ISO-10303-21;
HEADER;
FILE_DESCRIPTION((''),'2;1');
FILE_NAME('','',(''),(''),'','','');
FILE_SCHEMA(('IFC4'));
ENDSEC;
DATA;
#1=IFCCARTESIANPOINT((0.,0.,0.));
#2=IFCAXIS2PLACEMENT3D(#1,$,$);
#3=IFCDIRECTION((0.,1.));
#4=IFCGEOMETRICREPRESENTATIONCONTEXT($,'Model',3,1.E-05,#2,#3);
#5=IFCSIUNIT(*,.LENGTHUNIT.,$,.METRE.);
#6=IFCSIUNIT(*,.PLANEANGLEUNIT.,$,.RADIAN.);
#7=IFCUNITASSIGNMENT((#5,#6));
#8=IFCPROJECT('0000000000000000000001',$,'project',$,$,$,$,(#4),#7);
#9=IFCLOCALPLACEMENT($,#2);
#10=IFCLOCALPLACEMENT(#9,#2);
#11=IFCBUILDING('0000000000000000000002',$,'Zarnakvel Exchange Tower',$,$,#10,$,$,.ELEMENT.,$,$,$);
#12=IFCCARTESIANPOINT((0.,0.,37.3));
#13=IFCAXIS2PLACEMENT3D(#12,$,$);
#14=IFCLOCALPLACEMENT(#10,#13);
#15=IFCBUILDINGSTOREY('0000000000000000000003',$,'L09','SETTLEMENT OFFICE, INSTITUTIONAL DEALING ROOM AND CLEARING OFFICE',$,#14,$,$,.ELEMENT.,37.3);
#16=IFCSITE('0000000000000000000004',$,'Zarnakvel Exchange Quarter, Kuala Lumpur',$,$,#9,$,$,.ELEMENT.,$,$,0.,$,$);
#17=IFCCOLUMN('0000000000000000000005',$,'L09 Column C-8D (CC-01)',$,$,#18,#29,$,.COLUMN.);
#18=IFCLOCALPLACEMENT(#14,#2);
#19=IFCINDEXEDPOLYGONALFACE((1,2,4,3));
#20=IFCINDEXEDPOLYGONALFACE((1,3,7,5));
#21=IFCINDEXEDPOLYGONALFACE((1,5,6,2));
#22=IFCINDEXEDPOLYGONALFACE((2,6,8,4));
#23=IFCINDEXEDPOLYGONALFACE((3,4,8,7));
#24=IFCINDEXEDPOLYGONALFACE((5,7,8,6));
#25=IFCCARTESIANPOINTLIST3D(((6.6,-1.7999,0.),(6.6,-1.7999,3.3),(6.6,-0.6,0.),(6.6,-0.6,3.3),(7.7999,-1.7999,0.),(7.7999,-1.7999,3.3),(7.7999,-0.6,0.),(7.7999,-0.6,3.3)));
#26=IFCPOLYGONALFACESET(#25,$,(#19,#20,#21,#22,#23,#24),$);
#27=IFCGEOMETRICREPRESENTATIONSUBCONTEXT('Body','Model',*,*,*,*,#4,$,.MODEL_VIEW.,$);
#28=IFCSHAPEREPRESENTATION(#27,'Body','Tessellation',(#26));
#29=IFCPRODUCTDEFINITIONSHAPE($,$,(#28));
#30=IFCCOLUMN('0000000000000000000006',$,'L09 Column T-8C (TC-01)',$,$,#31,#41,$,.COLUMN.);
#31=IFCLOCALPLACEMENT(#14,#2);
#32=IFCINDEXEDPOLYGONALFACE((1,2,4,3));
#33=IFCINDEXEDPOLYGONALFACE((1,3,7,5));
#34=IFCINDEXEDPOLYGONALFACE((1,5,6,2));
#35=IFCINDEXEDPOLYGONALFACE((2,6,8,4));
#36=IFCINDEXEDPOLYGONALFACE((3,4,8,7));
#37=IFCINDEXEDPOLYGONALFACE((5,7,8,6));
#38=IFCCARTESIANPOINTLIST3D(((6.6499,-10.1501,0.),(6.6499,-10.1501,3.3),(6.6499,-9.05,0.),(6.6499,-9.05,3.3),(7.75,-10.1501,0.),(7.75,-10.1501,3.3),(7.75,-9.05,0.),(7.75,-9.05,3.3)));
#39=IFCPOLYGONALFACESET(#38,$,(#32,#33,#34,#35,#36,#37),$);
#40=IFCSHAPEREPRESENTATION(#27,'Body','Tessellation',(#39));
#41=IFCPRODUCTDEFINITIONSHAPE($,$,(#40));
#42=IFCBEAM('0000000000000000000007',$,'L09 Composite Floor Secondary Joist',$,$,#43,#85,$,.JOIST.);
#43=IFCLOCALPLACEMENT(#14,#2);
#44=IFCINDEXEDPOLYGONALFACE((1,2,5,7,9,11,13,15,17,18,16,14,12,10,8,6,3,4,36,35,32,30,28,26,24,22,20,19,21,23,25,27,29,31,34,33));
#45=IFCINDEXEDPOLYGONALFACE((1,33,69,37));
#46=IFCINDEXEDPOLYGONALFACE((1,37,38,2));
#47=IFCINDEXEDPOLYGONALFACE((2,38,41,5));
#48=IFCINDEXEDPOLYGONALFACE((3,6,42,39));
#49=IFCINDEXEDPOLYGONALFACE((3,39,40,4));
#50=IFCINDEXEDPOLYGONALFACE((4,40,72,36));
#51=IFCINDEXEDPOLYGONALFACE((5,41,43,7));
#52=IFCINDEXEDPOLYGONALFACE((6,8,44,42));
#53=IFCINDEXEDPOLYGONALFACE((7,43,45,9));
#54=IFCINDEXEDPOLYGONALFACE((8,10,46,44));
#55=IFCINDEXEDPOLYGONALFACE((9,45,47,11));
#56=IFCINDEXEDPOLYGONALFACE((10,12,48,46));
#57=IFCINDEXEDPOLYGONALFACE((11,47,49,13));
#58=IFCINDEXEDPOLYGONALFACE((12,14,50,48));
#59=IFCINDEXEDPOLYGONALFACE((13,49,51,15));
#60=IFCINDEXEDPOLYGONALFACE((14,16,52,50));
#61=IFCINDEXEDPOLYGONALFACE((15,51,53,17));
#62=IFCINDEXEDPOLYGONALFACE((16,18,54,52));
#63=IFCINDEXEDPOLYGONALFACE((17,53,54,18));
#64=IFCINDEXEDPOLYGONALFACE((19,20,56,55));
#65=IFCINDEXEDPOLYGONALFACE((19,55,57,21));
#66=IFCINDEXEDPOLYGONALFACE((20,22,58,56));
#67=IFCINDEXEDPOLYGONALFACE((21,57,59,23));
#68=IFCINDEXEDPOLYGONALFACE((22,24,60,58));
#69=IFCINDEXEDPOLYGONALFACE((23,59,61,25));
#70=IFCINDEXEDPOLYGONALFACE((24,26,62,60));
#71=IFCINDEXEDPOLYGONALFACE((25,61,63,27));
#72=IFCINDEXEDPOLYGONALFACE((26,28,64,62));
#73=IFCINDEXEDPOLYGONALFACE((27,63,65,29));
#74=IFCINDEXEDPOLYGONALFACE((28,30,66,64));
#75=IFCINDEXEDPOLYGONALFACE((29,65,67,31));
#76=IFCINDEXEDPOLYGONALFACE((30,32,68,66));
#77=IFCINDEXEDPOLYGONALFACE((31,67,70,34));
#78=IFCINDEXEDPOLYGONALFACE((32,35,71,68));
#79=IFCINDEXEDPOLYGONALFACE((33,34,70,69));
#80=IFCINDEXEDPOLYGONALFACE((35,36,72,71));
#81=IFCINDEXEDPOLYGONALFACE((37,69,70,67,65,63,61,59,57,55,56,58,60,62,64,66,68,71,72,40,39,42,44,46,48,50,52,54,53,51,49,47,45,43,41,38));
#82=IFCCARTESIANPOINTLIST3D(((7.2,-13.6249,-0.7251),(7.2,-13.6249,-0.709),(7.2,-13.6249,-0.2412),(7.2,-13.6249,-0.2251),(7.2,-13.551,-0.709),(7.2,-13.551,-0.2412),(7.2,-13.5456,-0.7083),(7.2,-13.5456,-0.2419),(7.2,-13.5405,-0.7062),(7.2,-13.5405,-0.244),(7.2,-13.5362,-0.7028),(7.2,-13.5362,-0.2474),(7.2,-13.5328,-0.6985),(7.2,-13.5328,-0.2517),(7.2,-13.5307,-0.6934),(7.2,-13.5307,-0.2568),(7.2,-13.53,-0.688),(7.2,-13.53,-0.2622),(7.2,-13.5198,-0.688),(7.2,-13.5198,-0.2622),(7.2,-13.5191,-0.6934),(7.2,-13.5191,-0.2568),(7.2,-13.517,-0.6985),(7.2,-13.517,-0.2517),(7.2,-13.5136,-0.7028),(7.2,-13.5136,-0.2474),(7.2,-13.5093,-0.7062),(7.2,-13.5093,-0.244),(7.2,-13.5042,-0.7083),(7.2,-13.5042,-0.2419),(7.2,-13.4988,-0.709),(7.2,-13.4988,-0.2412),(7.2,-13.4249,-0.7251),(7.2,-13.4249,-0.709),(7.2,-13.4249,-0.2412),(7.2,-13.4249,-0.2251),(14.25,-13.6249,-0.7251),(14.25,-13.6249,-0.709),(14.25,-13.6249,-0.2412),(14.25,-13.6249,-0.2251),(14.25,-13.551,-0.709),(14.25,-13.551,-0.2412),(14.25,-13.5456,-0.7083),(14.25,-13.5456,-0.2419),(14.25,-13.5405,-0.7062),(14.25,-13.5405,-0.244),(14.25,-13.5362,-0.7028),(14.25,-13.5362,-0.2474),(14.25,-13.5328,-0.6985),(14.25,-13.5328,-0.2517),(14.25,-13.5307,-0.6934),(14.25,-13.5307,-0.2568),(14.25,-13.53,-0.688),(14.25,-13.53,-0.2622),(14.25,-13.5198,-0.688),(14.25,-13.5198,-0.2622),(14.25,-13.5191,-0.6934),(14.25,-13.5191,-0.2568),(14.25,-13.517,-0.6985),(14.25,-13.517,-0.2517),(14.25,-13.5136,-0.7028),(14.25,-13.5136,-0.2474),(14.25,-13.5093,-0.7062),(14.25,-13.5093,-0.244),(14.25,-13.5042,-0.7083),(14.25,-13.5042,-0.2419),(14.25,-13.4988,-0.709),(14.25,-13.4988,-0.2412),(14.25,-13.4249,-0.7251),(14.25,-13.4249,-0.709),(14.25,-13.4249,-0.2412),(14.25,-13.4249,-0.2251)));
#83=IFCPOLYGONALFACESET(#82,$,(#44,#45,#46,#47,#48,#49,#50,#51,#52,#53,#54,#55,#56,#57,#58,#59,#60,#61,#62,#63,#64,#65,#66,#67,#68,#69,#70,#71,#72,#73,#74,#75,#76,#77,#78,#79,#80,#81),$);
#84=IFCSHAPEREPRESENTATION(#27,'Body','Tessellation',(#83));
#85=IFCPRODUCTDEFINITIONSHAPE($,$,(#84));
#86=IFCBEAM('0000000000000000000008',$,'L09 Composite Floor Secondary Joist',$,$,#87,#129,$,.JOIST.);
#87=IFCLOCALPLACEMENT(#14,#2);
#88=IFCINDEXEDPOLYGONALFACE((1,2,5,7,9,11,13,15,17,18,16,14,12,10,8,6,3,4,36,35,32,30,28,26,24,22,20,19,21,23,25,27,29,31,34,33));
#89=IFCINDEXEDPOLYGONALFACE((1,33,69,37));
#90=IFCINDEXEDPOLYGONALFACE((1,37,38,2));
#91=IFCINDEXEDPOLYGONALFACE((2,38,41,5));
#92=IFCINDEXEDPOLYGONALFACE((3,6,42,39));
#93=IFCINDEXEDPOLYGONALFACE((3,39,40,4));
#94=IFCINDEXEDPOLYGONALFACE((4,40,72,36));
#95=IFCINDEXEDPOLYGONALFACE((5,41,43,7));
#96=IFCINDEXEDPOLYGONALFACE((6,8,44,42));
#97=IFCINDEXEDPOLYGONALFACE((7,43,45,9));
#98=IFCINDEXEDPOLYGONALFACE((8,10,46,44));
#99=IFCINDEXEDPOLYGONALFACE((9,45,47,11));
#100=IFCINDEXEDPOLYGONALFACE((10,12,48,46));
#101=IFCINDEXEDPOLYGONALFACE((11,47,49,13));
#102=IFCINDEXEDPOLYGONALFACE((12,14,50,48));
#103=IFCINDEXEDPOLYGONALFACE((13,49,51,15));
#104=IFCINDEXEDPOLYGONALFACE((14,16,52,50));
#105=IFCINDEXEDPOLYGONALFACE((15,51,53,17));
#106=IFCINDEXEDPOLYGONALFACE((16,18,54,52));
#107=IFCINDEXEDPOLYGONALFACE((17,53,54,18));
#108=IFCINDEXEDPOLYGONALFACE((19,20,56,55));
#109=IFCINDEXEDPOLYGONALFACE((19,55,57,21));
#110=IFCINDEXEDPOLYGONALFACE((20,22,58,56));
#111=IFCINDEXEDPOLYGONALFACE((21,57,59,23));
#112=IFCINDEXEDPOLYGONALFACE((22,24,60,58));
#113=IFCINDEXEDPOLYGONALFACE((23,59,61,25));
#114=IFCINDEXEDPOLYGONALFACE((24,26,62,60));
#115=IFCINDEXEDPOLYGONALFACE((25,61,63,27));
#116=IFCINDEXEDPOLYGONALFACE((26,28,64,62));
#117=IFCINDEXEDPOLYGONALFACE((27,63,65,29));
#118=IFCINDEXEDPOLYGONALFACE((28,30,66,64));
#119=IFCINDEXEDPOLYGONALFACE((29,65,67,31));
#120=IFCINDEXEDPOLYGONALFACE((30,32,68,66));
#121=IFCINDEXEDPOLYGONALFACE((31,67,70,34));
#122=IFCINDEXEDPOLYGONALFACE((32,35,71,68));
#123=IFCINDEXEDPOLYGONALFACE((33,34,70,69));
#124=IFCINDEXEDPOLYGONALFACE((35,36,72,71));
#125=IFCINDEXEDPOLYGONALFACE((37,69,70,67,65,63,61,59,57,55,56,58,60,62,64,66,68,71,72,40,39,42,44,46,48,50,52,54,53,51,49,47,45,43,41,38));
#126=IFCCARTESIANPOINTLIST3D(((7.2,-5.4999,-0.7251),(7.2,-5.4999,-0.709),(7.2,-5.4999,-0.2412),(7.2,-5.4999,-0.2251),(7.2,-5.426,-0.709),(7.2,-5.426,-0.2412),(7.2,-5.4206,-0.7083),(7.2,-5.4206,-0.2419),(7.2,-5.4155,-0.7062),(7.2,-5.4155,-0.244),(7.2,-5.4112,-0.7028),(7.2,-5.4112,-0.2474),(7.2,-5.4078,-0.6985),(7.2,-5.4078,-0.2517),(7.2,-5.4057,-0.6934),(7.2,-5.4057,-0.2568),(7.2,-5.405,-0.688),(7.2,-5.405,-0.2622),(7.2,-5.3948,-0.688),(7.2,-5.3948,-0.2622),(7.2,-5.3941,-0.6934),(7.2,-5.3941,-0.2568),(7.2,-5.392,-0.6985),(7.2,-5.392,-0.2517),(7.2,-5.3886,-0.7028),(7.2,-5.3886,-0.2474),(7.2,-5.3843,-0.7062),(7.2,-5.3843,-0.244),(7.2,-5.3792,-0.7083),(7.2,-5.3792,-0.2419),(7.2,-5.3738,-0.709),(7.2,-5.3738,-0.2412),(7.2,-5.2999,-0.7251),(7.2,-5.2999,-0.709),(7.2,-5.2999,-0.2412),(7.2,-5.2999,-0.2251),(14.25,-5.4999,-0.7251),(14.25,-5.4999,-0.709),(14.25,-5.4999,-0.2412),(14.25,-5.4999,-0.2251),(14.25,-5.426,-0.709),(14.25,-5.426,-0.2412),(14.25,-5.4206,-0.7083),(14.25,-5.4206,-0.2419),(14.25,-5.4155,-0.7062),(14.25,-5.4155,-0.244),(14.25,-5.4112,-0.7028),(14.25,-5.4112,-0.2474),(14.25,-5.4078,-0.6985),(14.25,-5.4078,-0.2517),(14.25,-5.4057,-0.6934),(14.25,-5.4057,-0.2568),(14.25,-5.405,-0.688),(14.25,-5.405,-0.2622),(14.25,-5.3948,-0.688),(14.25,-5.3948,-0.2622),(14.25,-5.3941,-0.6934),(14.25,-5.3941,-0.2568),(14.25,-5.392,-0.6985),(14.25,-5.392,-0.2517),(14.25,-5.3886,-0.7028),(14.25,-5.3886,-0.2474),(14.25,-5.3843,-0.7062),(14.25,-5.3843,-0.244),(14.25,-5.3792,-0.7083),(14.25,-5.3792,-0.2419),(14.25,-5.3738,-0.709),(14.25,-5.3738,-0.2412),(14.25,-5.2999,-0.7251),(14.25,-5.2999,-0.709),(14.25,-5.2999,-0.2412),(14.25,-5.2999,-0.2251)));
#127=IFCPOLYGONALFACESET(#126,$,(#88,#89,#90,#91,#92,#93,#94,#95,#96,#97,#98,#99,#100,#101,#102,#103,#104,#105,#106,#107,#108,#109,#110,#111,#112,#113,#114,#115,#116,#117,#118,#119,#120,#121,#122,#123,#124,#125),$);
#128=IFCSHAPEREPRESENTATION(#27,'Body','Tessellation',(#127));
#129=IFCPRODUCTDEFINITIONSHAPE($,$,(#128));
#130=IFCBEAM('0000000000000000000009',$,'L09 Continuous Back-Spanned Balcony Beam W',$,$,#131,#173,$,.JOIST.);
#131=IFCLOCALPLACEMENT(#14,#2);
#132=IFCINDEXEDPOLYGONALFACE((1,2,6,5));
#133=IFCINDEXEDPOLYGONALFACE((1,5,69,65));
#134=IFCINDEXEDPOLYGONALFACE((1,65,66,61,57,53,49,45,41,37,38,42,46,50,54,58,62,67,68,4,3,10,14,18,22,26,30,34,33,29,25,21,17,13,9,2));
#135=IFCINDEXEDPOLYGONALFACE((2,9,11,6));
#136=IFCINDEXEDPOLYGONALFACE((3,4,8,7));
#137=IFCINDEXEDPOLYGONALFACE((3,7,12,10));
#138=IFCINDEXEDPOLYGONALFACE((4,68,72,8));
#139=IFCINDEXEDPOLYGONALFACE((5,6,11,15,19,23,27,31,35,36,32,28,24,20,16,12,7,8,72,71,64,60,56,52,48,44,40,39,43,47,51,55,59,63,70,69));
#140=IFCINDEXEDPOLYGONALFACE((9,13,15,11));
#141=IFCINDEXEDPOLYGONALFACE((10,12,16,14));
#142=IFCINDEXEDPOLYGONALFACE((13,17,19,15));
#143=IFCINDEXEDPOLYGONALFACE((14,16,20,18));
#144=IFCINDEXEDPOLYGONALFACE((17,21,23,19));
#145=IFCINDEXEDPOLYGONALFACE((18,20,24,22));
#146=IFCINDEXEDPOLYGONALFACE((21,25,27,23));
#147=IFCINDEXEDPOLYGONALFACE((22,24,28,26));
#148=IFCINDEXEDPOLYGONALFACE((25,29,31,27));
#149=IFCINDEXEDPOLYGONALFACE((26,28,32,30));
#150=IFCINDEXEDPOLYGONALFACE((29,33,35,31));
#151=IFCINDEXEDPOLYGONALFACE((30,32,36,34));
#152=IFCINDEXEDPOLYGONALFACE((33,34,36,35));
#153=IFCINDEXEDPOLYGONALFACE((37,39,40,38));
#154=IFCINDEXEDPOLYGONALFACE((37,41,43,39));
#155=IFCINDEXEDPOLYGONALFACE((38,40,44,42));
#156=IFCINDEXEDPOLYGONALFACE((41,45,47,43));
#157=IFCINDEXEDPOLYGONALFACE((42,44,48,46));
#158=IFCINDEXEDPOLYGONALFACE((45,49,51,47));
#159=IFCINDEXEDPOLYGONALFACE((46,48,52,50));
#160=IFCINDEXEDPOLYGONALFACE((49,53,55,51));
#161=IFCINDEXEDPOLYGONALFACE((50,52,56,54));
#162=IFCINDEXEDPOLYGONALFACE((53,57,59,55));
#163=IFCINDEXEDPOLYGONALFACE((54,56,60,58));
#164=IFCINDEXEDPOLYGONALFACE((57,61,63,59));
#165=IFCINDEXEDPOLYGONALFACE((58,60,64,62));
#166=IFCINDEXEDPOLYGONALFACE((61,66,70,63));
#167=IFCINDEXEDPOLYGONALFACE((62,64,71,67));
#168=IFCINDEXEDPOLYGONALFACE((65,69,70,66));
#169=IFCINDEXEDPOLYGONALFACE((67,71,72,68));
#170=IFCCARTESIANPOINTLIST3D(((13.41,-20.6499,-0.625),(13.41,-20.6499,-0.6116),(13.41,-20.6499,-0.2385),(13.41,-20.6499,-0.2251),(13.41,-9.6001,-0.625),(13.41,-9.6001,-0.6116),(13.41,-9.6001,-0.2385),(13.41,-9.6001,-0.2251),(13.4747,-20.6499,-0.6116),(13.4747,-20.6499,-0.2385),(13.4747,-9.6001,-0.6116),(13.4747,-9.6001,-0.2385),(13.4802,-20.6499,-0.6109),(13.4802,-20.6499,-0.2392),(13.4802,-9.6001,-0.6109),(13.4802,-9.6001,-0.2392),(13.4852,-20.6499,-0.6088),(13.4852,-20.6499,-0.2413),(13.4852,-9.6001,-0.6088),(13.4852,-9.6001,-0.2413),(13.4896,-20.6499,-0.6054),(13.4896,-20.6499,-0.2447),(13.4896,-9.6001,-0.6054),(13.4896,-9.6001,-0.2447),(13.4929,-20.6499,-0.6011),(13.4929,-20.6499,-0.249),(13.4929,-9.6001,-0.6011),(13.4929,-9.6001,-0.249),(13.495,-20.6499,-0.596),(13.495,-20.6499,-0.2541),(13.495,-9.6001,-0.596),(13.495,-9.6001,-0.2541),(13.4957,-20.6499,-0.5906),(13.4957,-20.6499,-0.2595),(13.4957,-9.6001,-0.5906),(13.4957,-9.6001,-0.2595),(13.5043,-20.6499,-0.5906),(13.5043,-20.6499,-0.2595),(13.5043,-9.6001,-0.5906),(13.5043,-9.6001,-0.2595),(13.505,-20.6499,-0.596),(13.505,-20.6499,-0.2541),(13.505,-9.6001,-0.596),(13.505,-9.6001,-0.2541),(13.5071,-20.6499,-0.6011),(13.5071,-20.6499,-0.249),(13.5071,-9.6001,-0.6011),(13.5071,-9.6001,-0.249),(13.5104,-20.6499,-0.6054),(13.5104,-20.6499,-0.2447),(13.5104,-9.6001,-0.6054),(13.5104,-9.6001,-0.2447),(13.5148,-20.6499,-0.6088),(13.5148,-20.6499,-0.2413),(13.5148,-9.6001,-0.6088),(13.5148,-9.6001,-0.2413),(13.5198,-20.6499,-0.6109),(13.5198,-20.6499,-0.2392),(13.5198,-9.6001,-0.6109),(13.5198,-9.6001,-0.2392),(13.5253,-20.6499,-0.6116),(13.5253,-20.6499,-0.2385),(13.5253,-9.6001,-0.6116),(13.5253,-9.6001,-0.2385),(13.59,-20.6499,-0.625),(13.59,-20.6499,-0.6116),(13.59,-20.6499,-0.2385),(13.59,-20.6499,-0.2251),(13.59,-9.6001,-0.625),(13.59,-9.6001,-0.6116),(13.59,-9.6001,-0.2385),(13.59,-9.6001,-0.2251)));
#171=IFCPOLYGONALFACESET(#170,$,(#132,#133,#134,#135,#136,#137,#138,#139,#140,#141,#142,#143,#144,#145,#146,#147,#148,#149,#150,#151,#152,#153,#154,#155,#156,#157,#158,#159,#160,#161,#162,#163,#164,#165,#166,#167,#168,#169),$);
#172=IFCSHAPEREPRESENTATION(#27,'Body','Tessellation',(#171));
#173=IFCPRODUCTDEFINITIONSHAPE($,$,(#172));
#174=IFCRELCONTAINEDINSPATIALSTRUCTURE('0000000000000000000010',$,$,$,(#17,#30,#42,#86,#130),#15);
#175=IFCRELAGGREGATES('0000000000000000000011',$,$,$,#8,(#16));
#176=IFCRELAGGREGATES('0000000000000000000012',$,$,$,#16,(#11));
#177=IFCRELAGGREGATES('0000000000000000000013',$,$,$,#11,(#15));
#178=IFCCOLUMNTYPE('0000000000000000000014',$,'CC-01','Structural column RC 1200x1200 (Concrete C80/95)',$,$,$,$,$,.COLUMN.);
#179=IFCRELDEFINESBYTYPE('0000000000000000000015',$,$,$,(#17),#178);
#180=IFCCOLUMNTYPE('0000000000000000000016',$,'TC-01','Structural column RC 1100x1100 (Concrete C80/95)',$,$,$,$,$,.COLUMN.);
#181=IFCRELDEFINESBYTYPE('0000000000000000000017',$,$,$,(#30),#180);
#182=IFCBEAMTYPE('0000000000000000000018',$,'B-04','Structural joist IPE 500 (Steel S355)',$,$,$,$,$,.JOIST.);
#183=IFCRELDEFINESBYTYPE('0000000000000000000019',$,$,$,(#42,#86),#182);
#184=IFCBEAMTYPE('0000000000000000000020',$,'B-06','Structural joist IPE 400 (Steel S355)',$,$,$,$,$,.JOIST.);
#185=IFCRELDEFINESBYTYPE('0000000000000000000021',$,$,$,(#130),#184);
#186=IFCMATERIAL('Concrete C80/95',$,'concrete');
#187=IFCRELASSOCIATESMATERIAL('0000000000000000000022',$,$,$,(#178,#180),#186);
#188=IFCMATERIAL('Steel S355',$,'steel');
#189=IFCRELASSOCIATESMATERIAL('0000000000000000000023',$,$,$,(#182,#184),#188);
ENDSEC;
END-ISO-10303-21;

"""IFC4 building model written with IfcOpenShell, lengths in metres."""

from ifc_helpers import new_model, si_unit, direction, frame, origin, origin_2d, place, context, subcontext, project, spatial, rectangle, i_section, extrude, material, material_profile, profile_set, type_object, element, save


model = new_model("IFC4")

# Units and contexts
model_context = context("Model", 3, precision=1e-05, world=origin(), true_north=direction((0.0, 1.0)))
body_context = subcontext(model_context, "Body", "Model", "MODEL_VIEW")
ifc_project = project(units=[si_unit("LENGTHUNIT", "METRE"), si_unit("PLANEANGLEUNIT", "RADIAN")], contexts=[model_context])

# Site, building, storey
site_placement = place(None, origin())
site = spatial("IfcSite", under=ifc_project, at=site_placement, Name="Zarnakvel Exchange Quarter, Kuala Lumpur", CompositionType="ELEMENT", RefElevation=0.0)
building_placement = place(site_placement, origin())
building = spatial("IfcBuilding", under=site, at=building_placement, Name="Zarnakvel Exchange Tower", CompositionType="ELEMENT")
storey_placement = place(building_placement, frame((0.0, 0.0, 37.3)))
storey = spatial("IfcBuildingStorey", under=building, at=storey_placement, Name="L09", Description="SETTLEMENT OFFICE, INSTITUTIONAL DEALING ROOM AND CLEARING OFFICE", CompositionType="ELEMENT", Elevation=37.3)

# Columns
ifc_material_1 = material(Name="Concrete C80/95", Category="concrete")
ifc_material_profile_1 = material_profile(ifc_material_1, rectangle(XDim=1.2, YDim=1.2, at=origin_2d()))
ifc_profile_set_1 = profile_set([ifc_material_profile_1], Name="Concrete C80/95")
column_type_1 = type_object("IfcColumnType", Name="CC-01", Description="Structural column RC 1200x1200 (Concrete C80/95)", PredefinedType="COLUMN", material=ifc_profile_set_1)
column_1_placement = place(storey_placement, frame((7.2, -1.2, 0.0), z_axis=(0.0, 0.0, 1.0), x_axis=(1.0, 0.0, 0.0)))
element("IfcColumn", 1, at=column_1_placement, inside=storey, type_object=column_type_1, Name="L09 Column C-8D (CC-01)", PredefinedType="COLUMN", context=body_context, shape_type="SweptSolid", body=[
    extrude(rectangle(XDim=1.2, YDim=1.2, at=origin_2d()), origin(), (0.0, 0.0, 1.0), 3.3),
])
ifc_material_profile_2 = material_profile(ifc_material_1, rectangle(XDim=1.1001, YDim=1.1001, at=origin_2d()))
ifc_profile_set_2 = profile_set([ifc_material_profile_2], Name="Concrete C80/95")
column_type_2 = type_object("IfcColumnType", Name="TC-01", Description="Structural column RC 1100x1100 (Concrete C80/95)", PredefinedType="COLUMN", material=ifc_profile_set_2)
column_2_placement = place(storey_placement, frame((7.2, -9.6001, 0.0), z_axis=(0.0, 0.0, 1.0), x_axis=(1.0, 0.0, 0.0)))
element("IfcColumn", 2, at=column_2_placement, inside=storey, type_object=column_type_2, Name="L09 Column T-8C (TC-01)", PredefinedType="COLUMN", context=body_context, shape_type="SweptSolid", body=[
    extrude(rectangle(XDim=1.1001, YDim=1.1001, at=origin_2d()), origin(), (0.0, 0.0, 1.0), 3.3),
])

# Beams
ifc_material_2 = material(Name="Steel S355", Category="steel")
ifc_material_profile_3 = material_profile(ifc_material_2, i_section(OverallWidth=0.2, OverallDepth=0.5, WebThickness=0.0103, FlangeThickness=0.0161, FilletRadius=0.021, at=origin_2d()))
ifc_profile_set_3 = profile_set([ifc_material_profile_3], Name="Steel S355")
beam_type_1 = type_object("IfcBeamType", Name="B-04", Description="Structural joist IPE 500 (Steel S355)", PredefinedType="JOIST", material=ifc_profile_set_3)
for number, where, z_axis, x_axis, name in (
    (3, (7.2, -13.5249, -0.4751), (1.0, 0.0, 0.0), (0.0, 1.0, 0.0), "L09 Composite Floor Secondary Joist"),
    (4, (7.2, -5.3999, -0.4751), (1.0, 0.0, 0.0), (0.0, 1.0, 0.0), "L09 Composite Floor Secondary Joist"),
):
    element("IfcBeam", number, at=place(storey_placement, frame(where, z_axis=z_axis, x_axis=x_axis)), inside=storey, type_object=beam_type_1, Name=name, PredefinedType="JOIST", context=body_context, shape_type="SweptSolid", body=[
        extrude(i_section(OverallWidth=0.2, OverallDepth=0.5, WebThickness=0.0103, FlangeThickness=0.0161, FilletRadius=0.021, at=origin_2d()), origin(), (0.0, 0.0, 1.0), 7.05),
    ])
ifc_material_profile_4 = material_profile(ifc_material_2, i_section(OverallWidth=0.1799, OverallDepth=0.3999, WebThickness=0.0085, FlangeThickness=0.0134, FilletRadius=0.021, at=origin_2d()))
ifc_profile_set_4 = profile_set([ifc_material_profile_4], Name="Steel S355")
beam_type_2 = type_object("IfcBeamType", Name="B-06", Description="Structural joist IPE 400 (Steel S355)", PredefinedType="JOIST", material=ifc_profile_set_4)
beam_1_placement = place(storey_placement, frame((13.5, -9.6001, -0.425), z_axis=(0.0, -1.0, 0.0), x_axis=(1.0, 0.0, 0.0)))
element("IfcBeam", 5, at=beam_1_placement, inside=storey, type_object=beam_type_2, Name="L09 Continuous Back-Spanned Balcony Beam W", PredefinedType="JOIST", context=body_context, shape_type="SweptSolid", body=[
    extrude(i_section(OverallWidth=0.1799, OverallDepth=0.3999, WebThickness=0.0085, FlangeThickness=0.0134, FilletRadius=0.021, at=origin_2d()), origin(), (0.0, 0.0, 1.0), 11.0498),
])

save(model, "model.ifc")
